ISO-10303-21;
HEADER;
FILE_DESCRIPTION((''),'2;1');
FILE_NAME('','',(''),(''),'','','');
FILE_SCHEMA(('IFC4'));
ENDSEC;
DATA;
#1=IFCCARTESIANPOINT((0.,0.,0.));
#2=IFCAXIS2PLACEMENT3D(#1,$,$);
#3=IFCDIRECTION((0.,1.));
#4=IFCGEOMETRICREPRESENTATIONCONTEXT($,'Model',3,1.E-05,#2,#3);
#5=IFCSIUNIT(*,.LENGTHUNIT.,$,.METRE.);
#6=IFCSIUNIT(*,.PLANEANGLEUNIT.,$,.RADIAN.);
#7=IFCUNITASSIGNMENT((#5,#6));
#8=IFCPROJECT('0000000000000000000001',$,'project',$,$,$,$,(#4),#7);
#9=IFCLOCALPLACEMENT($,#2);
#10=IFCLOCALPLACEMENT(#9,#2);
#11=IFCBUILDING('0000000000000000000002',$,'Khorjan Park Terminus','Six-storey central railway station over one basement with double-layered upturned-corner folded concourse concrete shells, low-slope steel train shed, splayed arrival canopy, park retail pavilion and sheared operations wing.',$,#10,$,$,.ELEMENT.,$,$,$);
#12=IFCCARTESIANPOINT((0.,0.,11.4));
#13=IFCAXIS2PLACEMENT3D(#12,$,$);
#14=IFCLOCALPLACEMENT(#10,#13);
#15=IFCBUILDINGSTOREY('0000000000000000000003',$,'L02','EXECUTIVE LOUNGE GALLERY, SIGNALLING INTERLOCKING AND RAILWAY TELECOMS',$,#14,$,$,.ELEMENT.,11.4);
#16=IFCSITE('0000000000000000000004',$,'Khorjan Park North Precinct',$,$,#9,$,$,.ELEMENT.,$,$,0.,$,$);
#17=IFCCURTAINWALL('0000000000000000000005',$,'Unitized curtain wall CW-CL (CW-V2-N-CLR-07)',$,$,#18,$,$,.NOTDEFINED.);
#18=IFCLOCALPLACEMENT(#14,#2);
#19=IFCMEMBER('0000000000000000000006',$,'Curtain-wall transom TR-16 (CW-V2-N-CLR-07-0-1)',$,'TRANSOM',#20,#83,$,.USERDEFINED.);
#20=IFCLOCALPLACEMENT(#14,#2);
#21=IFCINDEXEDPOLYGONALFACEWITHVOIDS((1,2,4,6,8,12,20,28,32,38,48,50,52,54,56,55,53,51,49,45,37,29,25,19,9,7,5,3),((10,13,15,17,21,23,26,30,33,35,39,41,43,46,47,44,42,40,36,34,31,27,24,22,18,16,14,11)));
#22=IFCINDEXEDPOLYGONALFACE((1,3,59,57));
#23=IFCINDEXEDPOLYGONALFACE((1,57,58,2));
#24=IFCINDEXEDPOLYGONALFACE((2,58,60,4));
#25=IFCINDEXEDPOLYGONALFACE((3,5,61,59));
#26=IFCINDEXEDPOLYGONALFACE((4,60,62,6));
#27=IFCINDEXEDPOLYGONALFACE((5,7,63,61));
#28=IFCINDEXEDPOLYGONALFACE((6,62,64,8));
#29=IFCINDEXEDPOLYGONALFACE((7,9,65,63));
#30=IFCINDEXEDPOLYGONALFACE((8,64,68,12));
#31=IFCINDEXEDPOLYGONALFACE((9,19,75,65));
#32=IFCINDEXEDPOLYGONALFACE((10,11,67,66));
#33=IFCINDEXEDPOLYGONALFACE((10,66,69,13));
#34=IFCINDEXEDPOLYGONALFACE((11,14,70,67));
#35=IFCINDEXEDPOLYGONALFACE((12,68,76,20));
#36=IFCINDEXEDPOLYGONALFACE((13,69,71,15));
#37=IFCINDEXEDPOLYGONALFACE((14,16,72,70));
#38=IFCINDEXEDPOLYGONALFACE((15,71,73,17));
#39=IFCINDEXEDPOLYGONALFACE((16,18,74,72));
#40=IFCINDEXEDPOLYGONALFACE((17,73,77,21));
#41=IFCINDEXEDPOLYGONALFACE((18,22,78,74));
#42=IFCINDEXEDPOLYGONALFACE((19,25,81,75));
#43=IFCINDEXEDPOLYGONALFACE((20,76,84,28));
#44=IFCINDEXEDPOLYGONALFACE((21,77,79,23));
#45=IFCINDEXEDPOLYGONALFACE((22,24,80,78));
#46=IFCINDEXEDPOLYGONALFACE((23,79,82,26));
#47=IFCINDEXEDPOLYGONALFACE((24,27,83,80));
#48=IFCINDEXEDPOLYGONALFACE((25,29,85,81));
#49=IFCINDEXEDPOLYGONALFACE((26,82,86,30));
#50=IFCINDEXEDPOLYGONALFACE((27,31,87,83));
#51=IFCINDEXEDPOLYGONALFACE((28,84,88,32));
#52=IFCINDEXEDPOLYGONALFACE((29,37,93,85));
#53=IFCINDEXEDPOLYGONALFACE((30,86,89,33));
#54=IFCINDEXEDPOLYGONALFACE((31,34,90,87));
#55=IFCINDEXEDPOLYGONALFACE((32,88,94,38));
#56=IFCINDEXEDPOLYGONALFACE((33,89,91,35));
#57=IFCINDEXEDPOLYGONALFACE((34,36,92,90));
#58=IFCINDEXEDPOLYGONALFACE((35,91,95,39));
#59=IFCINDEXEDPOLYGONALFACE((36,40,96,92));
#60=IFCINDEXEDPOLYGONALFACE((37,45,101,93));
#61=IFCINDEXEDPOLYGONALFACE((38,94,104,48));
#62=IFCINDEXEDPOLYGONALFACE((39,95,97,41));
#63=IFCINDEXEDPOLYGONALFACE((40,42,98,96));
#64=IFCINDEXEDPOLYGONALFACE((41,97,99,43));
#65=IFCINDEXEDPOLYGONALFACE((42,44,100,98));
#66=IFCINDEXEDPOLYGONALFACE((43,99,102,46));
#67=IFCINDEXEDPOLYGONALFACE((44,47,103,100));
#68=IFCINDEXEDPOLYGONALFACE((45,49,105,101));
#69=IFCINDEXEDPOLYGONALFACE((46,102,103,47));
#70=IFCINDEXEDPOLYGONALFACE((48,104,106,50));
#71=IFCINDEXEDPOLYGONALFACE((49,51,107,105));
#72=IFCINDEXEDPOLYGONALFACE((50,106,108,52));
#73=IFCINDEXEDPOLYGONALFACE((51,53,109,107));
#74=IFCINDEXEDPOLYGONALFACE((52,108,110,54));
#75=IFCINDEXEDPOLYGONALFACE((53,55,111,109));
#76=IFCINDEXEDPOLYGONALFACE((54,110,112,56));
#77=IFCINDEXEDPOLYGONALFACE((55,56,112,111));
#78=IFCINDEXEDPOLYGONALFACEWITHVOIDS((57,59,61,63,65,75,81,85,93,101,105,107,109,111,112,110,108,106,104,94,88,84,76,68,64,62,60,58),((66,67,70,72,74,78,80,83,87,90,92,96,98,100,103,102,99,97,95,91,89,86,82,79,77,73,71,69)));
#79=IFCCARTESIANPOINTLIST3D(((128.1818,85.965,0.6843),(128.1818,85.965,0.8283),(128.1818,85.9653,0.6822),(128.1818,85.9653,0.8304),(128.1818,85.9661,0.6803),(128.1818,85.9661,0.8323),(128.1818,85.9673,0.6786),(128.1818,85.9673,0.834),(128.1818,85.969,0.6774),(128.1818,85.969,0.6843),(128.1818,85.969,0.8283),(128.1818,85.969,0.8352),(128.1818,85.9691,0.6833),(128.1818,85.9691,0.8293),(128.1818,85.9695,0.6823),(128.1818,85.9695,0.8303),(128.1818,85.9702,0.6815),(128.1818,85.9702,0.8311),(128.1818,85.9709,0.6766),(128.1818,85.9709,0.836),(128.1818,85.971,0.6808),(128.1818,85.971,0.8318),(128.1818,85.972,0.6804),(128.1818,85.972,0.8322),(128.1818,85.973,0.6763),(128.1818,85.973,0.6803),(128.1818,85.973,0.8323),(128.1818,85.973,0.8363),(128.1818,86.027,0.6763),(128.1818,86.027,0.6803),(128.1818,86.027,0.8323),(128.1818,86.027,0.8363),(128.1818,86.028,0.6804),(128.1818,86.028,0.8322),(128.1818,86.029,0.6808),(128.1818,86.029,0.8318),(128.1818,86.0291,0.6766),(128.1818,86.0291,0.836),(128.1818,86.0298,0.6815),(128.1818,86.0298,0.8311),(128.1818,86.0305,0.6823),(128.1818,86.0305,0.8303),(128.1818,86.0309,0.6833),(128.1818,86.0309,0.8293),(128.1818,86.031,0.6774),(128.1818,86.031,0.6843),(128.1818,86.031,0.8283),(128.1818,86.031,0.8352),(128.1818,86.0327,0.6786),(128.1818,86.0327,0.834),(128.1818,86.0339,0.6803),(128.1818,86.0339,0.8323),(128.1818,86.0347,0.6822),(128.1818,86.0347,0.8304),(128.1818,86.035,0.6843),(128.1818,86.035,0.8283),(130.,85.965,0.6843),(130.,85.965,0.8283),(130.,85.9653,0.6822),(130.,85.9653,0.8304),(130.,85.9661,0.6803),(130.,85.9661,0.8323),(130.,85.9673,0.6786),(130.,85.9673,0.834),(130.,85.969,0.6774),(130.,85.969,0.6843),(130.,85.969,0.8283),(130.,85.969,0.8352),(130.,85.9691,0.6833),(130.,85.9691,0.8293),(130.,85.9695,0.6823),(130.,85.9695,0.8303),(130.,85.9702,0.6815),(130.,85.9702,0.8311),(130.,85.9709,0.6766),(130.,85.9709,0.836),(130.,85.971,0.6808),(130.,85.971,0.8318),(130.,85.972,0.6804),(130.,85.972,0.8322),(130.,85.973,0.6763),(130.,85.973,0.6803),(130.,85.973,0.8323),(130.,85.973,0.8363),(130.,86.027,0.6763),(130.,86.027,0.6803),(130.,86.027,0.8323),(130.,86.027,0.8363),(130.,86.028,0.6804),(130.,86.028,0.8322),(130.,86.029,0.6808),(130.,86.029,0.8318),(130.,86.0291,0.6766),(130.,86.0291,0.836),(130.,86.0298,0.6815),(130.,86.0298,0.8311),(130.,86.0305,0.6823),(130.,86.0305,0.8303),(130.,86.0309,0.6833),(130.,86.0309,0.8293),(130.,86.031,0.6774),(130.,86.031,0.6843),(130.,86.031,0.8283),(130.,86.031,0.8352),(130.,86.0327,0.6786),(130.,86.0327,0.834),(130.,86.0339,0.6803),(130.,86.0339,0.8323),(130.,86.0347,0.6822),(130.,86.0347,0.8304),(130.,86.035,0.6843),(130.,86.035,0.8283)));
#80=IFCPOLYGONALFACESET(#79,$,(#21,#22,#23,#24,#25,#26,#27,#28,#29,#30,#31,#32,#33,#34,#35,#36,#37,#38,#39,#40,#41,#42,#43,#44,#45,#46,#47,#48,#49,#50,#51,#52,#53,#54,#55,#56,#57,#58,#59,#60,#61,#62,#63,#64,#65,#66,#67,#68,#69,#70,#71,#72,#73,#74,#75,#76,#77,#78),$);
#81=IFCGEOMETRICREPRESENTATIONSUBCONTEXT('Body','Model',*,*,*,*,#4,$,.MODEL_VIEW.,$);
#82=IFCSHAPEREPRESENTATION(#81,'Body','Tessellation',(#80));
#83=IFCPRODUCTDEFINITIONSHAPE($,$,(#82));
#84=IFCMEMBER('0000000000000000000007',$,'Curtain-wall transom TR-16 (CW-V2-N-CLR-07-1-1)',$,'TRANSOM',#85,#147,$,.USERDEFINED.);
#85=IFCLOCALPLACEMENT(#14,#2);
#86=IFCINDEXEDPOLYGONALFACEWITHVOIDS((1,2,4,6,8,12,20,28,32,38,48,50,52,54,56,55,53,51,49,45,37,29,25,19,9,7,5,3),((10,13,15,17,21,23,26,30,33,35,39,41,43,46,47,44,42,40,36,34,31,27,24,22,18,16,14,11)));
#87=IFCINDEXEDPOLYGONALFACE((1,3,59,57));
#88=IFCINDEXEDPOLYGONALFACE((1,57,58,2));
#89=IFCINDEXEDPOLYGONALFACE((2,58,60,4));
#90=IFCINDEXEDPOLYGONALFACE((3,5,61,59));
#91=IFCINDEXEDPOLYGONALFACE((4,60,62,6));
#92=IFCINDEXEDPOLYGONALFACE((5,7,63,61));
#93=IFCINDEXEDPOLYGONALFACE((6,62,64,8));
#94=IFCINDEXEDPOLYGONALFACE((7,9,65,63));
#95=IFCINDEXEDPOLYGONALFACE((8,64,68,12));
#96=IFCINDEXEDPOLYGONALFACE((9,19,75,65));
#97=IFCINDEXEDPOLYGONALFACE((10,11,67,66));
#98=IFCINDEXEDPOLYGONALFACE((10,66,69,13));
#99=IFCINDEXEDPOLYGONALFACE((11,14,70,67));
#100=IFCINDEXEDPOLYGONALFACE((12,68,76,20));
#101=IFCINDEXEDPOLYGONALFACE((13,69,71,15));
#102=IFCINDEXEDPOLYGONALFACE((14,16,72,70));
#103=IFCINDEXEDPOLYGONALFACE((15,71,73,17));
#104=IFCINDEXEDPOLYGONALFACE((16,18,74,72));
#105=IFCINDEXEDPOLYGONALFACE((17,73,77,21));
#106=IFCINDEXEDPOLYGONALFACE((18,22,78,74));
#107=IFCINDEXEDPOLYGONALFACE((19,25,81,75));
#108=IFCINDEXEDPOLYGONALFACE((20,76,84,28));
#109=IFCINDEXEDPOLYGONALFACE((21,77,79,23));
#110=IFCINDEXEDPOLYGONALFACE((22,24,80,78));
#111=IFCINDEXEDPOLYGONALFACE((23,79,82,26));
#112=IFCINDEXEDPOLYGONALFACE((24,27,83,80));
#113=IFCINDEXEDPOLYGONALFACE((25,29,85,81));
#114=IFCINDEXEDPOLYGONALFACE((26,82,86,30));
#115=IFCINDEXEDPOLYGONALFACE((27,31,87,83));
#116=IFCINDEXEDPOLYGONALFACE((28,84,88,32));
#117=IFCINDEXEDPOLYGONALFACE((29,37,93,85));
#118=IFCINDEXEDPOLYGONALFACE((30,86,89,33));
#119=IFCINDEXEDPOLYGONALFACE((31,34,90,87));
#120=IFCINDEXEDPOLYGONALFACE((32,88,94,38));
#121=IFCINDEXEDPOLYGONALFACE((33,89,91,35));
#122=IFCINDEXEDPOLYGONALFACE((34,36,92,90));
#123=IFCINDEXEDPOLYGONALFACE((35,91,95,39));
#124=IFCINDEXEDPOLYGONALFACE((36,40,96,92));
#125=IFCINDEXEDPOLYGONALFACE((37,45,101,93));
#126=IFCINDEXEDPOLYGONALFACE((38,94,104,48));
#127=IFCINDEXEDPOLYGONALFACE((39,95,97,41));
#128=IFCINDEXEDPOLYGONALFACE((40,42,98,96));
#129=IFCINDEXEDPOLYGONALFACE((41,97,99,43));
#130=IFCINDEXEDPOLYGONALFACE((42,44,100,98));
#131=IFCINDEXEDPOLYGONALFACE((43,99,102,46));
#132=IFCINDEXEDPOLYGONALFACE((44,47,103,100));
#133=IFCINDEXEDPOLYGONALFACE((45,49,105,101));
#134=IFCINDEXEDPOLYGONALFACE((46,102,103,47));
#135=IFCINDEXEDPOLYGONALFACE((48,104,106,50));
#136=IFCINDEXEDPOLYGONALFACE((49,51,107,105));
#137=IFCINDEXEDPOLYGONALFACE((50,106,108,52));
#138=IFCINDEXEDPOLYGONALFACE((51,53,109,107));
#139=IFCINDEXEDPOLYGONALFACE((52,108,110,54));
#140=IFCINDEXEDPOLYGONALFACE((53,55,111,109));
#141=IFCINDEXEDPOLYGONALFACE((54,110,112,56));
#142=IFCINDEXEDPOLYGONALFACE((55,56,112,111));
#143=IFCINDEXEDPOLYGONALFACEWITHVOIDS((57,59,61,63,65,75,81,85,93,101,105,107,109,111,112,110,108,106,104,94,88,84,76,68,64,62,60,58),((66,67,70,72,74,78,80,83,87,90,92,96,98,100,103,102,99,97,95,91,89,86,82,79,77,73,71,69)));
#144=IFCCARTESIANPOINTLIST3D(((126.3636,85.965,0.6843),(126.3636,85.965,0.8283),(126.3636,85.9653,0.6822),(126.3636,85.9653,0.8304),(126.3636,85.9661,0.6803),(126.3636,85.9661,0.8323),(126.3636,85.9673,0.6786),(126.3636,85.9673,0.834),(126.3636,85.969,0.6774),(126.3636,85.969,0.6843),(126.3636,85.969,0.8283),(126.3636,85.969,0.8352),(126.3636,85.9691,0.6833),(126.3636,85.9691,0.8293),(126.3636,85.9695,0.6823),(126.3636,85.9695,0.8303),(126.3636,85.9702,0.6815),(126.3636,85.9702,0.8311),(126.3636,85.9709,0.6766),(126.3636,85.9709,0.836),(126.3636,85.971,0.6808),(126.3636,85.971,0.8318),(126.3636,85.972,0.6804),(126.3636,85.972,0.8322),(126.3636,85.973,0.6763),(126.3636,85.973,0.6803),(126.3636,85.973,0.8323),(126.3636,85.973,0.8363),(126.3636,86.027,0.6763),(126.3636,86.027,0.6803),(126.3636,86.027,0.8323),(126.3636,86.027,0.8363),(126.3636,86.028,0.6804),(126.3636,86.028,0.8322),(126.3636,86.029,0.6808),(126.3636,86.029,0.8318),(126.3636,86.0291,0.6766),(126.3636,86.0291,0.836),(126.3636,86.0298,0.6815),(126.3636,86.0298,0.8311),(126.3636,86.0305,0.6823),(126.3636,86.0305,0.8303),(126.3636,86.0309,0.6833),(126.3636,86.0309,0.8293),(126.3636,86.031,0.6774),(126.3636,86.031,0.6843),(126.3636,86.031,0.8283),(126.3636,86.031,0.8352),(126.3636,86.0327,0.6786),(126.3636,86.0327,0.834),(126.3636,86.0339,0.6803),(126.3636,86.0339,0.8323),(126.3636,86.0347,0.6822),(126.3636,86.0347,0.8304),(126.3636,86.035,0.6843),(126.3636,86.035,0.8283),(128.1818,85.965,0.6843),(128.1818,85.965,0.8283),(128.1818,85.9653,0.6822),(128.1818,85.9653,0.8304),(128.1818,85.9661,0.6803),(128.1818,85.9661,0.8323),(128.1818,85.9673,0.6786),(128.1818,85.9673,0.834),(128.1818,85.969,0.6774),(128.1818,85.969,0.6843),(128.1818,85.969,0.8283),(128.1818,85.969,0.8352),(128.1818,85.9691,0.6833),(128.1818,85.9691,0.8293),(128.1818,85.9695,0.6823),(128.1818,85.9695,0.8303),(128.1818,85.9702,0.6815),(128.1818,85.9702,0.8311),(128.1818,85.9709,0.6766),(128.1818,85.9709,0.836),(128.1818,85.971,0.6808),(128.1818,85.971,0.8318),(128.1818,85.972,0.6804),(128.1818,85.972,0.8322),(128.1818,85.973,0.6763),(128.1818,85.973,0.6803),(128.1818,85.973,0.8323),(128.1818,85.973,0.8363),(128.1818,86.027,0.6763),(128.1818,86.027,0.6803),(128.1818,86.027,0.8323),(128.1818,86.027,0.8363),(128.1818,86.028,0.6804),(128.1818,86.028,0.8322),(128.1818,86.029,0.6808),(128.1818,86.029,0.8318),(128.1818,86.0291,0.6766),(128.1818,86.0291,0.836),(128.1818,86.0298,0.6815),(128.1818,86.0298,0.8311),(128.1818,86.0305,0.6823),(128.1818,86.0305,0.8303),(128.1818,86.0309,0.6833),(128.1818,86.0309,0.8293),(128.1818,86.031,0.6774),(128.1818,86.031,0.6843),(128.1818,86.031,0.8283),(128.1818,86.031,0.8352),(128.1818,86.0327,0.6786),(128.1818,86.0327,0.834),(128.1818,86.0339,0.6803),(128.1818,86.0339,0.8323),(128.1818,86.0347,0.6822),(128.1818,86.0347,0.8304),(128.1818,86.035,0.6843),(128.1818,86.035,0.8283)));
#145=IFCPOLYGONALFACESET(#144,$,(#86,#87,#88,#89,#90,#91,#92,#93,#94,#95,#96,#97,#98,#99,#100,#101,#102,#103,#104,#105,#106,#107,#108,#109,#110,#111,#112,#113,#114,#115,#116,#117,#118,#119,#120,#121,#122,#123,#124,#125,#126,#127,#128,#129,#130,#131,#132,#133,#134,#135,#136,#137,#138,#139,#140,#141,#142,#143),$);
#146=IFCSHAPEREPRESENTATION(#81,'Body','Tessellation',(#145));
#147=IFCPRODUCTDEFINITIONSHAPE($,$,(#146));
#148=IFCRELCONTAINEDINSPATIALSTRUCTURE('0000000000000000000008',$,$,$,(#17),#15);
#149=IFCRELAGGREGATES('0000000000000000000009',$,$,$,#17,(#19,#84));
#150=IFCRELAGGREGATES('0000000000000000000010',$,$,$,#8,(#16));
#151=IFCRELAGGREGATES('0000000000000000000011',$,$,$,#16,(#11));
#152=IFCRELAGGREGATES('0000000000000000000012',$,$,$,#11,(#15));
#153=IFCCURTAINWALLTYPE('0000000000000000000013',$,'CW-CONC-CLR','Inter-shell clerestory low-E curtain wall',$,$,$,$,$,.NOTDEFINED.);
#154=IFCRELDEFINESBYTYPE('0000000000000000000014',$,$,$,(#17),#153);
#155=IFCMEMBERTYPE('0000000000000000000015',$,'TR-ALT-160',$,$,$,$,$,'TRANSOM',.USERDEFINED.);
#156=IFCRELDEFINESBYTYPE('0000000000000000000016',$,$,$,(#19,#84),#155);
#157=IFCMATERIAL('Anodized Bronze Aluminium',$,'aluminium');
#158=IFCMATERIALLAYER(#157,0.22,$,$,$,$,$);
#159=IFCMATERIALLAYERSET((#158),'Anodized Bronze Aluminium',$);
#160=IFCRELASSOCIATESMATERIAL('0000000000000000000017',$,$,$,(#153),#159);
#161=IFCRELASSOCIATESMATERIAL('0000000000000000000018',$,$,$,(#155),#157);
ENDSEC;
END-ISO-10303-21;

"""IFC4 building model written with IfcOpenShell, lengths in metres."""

from ifc_helpers import new_model, si_unit, direction, frame, origin, origin_2d, place, context, subcontext, project, spatial, hollow_rectangle, extrude, material, layer, layer_set, material_profile, profile_set, type_object, element, aggregate, save


model = new_model("IFC4")

# Units and contexts
model_context = context("Model", 3, precision=1e-05, world=origin(), true_north=direction((0.0, 1.0)))
body_context = subcontext(model_context, "Body", "Model", "MODEL_VIEW")
ifc_project = project(units=[si_unit("LENGTHUNIT", "METRE"), si_unit("PLANEANGLEUNIT", "RADIAN")], contexts=[model_context])

# Site, building, storey
site_placement = place(None, origin())
site = spatial("IfcSite", under=ifc_project, at=site_placement, Name="Khorjan Park North Precinct", CompositionType="ELEMENT", RefElevation=0.0)
building_placement = place(site_placement, origin())
building = spatial("IfcBuilding", under=site, at=building_placement, Name="Khorjan Park Terminus", Description="Six-storey central railway station over one basement with double-layered upturned-corner folded concourse concrete shells, low-slope steel train shed, splayed arrival canopy, park retail pavilion and sheared operations wing.", CompositionType="ELEMENT")
storey_placement = place(building_placement, frame((0.0, 0.0, 11.4)))
storey = spatial("IfcBuildingStorey", under=building, at=storey_placement, Name="L02", Description="EXECUTIVE LOUNGE GALLERY, SIGNALLING INTERLOCKING AND RAILWAY TELECOMS", CompositionType="ELEMENT", Elevation=11.4)

# Curtain wall
ifc_material_1 = material(Name="Anodized Bronze Aluminium", Category="aluminium")
ifc_layer_1 = layer(ifc_material_1, 0.22)
ifc_layer_set_1 = layer_set([ifc_layer_1], Name="Anodized Bronze Aluminium")
curtain_wall_type = type_object("IfcCurtainWallType", Name="CW-CONC-CLR", Description="Inter-shell clerestory low-E curtain wall", PredefinedType="NOTDEFINED", material=ifc_layer_set_1)
curtain_wall_placement = place(storey_placement, origin())
curtain_wall = element("IfcCurtainWall", 1, at=curtain_wall_placement, inside=storey, type_object=curtain_wall_type, Name="Unitized curtain wall CW-CL (CW-V2-N-CLR-07)", PredefinedType="NOTDEFINED")

# Members
ifc_material_profile_1 = material_profile(ifc_material_1, hollow_rectangle(XDim=0.07, YDim=0.16, WallThickness=0.004, InnerFilletRadius=0.004, OuterFilletRadius=0.008, at=origin_2d()), Name="ALT 70x160x4")
ifc_profile_set_1 = profile_set([ifc_material_profile_1], Name="Anodized Bronze Aluminium")
member_type_1 = type_object("IfcMemberType", Name="TR-ALT-160", ElementType="TRANSOM", PredefinedType="USERDEFINED", material=ifc_profile_set_1)
member_1_placement = place(storey_placement, frame((130.0, 86.0, 0.7563), z_axis=(-1.0, 0.0, 0.0), x_axis=(0.0, -1.0, 0.0)))
member_1 = element("IfcMember", 2, at=member_1_placement, type_object=member_type_1, Name="Curtain-wall transom TR-16 (CW-V2-N-CLR-07-0-1)", ObjectType="TRANSOM", PredefinedType="USERDEFINED", context=body_context, shape_type="SweptSolid", body=[
    extrude(hollow_rectangle(XDim=0.07, YDim=0.16, WallThickness=0.004, InnerFilletRadius=0.004, OuterFilletRadius=0.008, at=origin_2d()), origin(), (0.0, 0.0, 1.0), 1.8182),
])
member_2_placement = place(storey_placement, frame((128.1818, 86.0, 0.7563), z_axis=(-1.0, 0.0, 0.0), x_axis=(0.0, -1.0, 0.0)))
member_2 = element("IfcMember", 3, at=member_2_placement, type_object=member_type_1, Name="Curtain-wall transom TR-16 (CW-V2-N-CLR-07-1-1)", ObjectType="TRANSOM", PredefinedType="USERDEFINED", context=body_context, shape_type="SweptSolid", body=[
    extrude(hollow_rectangle(XDim=0.07, YDim=0.16, WallThickness=0.004, InnerFilletRadius=0.004, OuterFilletRadius=0.008, at=origin_2d()), origin(), (0.0, 0.0, 1.0), 1.8182),
])

aggregate(curtain_wall, [member_1, member_2])

save(model, "model.ifc")
